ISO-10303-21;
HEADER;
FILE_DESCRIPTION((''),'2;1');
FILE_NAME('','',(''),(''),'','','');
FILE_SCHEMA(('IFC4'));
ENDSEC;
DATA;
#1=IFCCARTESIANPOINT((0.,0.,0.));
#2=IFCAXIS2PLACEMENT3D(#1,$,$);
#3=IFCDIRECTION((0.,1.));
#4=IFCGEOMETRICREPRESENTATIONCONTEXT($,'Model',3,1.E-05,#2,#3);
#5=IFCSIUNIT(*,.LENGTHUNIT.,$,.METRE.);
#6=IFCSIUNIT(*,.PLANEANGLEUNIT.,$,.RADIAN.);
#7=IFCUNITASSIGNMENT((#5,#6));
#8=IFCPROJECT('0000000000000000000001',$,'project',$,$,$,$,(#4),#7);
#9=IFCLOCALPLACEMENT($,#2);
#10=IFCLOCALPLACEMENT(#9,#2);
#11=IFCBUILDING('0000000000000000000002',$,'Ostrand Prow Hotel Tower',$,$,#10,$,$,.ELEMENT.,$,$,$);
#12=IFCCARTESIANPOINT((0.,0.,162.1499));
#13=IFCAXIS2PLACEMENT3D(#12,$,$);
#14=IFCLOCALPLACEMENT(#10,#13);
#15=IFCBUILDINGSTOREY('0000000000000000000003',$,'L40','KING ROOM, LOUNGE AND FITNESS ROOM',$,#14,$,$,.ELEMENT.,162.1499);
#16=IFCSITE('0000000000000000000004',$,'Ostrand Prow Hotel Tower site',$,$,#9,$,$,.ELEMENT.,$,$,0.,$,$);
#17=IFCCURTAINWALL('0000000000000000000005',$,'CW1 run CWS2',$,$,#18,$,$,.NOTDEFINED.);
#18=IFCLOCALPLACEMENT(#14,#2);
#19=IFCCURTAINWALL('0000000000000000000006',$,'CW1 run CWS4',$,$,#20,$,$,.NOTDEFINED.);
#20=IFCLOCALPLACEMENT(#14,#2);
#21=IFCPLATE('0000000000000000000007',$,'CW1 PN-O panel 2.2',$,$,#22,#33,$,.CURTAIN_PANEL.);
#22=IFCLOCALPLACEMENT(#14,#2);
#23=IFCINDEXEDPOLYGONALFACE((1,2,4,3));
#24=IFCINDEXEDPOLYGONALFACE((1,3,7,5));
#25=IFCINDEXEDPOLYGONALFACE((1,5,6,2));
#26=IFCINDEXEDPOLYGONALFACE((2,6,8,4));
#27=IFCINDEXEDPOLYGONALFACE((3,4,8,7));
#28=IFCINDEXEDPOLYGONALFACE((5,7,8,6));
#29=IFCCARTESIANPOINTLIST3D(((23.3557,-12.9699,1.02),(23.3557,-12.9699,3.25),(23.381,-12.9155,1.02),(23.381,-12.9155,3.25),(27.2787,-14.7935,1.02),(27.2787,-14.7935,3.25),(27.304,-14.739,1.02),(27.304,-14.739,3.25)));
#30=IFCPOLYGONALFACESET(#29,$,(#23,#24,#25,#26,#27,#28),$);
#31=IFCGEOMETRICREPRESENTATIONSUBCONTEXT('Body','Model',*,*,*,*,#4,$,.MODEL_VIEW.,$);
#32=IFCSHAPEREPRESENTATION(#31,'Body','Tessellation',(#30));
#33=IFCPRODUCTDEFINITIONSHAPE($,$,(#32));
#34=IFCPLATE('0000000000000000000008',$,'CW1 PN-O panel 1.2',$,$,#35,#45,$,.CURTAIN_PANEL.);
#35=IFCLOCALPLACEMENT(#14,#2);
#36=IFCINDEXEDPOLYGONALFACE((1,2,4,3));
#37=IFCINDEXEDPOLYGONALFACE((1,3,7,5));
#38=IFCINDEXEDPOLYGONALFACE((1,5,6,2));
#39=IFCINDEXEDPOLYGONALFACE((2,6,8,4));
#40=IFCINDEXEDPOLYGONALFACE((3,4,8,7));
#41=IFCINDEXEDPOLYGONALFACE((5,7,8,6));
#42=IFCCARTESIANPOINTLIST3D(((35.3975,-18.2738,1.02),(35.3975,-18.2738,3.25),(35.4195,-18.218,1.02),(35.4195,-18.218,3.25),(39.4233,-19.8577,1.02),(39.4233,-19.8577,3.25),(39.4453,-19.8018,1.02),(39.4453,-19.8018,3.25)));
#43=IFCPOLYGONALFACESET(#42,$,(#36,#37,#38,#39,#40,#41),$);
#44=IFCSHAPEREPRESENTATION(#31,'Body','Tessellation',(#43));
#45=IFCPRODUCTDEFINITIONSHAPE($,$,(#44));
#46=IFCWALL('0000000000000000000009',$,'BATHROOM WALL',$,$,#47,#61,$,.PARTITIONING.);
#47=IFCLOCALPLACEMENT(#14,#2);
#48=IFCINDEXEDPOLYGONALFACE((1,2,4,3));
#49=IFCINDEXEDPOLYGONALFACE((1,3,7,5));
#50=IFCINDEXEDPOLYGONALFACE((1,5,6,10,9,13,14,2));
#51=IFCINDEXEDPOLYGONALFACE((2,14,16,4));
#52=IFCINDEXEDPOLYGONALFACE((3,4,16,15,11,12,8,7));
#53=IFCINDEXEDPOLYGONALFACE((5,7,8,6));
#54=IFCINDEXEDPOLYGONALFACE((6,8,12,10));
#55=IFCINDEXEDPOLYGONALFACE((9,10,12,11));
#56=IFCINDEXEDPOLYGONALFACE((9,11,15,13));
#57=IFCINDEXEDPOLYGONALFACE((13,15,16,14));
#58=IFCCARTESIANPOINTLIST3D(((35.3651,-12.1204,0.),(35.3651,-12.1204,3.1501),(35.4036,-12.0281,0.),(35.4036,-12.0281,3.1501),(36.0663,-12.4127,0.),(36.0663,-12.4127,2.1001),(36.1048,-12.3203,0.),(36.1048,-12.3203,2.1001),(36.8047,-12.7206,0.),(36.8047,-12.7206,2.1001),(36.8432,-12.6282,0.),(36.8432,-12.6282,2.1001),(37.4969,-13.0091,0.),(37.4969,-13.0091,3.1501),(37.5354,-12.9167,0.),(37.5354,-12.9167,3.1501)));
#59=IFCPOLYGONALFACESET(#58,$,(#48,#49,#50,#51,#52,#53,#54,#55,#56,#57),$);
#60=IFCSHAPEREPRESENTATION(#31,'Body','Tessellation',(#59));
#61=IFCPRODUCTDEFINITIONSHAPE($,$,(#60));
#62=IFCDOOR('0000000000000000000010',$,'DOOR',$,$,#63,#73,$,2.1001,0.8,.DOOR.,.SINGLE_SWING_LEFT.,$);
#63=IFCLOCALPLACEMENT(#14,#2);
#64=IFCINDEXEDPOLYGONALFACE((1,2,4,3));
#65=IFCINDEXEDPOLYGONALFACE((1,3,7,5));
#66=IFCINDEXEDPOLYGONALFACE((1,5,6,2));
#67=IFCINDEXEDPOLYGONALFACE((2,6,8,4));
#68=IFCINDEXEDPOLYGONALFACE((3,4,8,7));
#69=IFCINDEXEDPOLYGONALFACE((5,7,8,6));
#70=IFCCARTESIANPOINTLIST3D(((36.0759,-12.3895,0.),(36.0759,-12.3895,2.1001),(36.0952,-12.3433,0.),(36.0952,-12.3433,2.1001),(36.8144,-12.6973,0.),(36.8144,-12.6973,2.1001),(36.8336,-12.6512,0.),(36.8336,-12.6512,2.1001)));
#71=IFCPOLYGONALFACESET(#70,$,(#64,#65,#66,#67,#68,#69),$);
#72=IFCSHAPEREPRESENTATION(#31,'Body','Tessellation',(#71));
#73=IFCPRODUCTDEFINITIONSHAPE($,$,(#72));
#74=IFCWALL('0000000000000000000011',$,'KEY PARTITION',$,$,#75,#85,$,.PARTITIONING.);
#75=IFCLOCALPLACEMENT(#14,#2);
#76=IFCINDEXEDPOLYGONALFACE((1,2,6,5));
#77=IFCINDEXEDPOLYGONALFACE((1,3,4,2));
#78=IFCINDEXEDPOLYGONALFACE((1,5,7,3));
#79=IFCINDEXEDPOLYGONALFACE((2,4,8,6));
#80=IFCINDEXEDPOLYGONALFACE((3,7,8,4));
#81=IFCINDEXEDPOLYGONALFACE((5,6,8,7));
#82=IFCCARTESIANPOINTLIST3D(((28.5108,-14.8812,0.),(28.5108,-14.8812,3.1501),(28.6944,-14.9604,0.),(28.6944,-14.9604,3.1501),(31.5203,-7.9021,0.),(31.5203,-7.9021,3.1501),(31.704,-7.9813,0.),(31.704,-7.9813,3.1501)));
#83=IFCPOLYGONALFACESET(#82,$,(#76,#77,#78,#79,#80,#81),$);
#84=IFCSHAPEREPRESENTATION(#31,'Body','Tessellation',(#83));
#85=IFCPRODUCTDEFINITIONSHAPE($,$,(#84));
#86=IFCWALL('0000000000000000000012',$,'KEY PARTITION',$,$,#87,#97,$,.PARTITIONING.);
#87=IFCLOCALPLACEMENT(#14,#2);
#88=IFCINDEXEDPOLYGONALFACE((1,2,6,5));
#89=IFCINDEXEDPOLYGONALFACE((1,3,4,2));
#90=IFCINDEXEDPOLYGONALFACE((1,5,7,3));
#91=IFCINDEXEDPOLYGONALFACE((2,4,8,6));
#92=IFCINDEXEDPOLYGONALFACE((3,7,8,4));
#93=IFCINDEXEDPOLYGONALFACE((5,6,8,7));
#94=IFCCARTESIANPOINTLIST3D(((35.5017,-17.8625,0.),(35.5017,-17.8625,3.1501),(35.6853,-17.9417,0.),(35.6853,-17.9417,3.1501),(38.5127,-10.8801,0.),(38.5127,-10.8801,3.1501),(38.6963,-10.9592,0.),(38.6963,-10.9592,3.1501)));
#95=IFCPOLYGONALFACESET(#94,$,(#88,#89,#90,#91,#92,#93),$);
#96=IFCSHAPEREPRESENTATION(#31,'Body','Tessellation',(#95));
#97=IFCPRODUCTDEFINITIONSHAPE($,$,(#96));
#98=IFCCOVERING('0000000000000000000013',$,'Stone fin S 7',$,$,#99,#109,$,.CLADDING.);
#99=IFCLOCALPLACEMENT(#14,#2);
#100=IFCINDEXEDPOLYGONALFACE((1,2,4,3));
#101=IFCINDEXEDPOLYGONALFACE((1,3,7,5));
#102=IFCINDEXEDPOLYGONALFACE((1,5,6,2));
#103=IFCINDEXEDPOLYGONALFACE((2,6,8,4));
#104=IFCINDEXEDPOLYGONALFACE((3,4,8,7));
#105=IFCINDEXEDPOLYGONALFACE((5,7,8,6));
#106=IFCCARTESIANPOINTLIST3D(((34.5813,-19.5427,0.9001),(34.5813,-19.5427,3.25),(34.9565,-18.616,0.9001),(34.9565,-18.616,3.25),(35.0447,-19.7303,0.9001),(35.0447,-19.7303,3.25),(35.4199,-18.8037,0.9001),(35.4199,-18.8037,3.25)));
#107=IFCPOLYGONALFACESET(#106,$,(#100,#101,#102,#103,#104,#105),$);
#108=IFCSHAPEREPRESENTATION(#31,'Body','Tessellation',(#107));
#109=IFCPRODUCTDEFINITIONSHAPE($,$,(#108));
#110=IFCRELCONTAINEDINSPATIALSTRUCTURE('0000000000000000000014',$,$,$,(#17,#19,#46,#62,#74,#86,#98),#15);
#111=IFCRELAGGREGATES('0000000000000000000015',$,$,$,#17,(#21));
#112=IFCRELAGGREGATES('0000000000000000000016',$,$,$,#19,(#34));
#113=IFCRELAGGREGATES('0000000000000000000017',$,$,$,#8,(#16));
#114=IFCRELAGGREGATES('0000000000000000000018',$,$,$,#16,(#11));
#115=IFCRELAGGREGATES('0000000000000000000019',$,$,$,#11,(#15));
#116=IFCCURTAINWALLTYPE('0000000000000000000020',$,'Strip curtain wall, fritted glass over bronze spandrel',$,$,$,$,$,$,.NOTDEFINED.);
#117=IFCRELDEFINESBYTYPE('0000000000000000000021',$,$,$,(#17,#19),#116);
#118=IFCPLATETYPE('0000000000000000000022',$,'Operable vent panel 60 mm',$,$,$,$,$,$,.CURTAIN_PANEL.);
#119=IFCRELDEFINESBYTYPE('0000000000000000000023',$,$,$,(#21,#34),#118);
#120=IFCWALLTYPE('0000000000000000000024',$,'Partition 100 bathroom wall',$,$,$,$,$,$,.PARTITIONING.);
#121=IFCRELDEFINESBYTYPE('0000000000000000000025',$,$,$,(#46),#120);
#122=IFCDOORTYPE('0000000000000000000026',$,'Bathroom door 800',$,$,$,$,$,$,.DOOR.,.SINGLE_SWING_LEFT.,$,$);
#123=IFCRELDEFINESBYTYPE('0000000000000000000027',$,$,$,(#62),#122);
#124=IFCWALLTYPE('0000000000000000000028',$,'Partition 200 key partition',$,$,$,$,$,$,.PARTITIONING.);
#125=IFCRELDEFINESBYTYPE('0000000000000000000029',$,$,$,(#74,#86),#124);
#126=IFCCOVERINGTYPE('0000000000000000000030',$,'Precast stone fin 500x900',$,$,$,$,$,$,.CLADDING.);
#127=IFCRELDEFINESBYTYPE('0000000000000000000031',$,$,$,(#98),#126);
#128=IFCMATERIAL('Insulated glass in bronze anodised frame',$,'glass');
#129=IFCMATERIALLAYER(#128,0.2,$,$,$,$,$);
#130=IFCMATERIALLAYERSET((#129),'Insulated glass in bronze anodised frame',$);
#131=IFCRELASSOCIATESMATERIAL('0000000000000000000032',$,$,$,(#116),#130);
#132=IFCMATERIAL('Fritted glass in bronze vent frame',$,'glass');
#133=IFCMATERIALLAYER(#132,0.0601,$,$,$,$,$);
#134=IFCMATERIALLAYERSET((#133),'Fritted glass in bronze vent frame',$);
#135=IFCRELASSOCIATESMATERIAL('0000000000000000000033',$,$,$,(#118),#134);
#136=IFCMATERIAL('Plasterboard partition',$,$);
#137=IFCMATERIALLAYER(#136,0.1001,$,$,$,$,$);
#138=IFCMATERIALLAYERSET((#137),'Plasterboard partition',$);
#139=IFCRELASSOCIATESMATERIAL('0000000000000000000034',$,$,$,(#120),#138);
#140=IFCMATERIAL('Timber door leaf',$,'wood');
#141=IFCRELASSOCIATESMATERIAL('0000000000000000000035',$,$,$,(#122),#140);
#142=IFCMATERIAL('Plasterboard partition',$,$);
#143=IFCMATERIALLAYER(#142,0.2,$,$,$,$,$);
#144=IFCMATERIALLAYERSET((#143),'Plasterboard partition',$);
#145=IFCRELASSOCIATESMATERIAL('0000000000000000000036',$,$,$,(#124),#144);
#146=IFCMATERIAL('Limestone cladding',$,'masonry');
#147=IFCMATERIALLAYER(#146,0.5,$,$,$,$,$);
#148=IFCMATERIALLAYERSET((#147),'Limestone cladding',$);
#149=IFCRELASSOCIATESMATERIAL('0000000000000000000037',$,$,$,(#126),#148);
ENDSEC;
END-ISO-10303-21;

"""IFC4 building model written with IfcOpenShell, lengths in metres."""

from ifc_helpers import new_model, si_unit, direction, frame, frame_2d, origin, origin_2d, place, context, subcontext, project, spatial, rectangle, extrude, material, layer, layer_set, type_object, element, fill, aggregate, save


model = new_model("IFC4")

# Units and contexts
model_context = context("Model", 3, precision=1e-05, world=origin(), true_north=direction((0.0, 1.0)))
body_context = subcontext(model_context, "Body", "Model", "MODEL_VIEW")
ifc_project = project(units=[si_unit("LENGTHUNIT", "METRE"), si_unit("PLANEANGLEUNIT", "RADIAN")], contexts=[model_context])

# Site, building, storey
site_placement = place(None, origin())
site = spatial("IfcSite", under=ifc_project, at=site_placement, Name="Ostrand Prow Hotel Tower site", CompositionType="ELEMENT", RefElevation=0.0)
building_placement = place(site_placement, origin())
building = spatial("IfcBuilding", under=site, at=building_placement, Name="Ostrand Prow Hotel Tower", CompositionType="ELEMENT")
storey_placement = place(building_placement, frame((0.0, 0.0, 162.1499)))
storey = spatial("IfcBuildingStorey", under=building, at=storey_placement, Name="L40", Description="KING ROOM, LOUNGE AND FITNESS ROOM", CompositionType="ELEMENT", Elevation=162.1499)

# Curtain wall
ifc_material_1 = material(Name="Insulated glass in bronze anodised frame", Category="glass")
ifc_layer_1 = layer(ifc_material_1, 0.2)
ifc_layer_set_1 = layer_set([ifc_layer_1], Name="Insulated glass in bronze anodised frame")
curtain_wall_type = type_object("IfcCurtainWallType", Name="Strip curtain wall, fritted glass over bronze spandrel", PredefinedType="NOTDEFINED", material=ifc_layer_set_1)
curtain_wall_1_placement = place(storey_placement, origin())
curtain_wall_1 = element("IfcCurtainWall", 1, at=curtain_wall_1_placement, inside=storey, type_object=curtain_wall_type, Name="CW1 run CWS2", PredefinedType="NOTDEFINED")

# Curtain wall
curtain_wall_2_placement = place(storey_placement, origin())
curtain_wall_2 = element("IfcCurtainWall", 2, at=curtain_wall_2_placement, inside=storey, type_object=curtain_wall_type, Name="CW1 run CWS4", PredefinedType="NOTDEFINED")

# Plates
ifc_material_2 = material(Name="Fritted glass in bronze vent frame", Category="glass")
ifc_layer_2 = layer(ifc_material_2, 0.0601)
ifc_layer_set_2 = layer_set([ifc_layer_2], Name="Fritted glass in bronze vent frame")
plate_type_1 = type_object("IfcPlateType", Name="Operable vent panel 60 mm", PredefinedType="CURTAIN_PANEL", material=ifc_layer_set_2)
plate_1_placement = place(storey_placement, frame((25.3298, -13.8545, 1.02), z_axis=(0.0, 0.0, 1.0), x_axis=(0.906818, -0.421522, 0.0)))
plate_1 = element("IfcPlate", 3, at=plate_1_placement, type_object=plate_type_1, Name="CW1 PN-O panel 2.2", PredefinedType="CURTAIN_PANEL", context=body_context, shape_type="SweptSolid", body=[
    extrude(rectangle(XDim=4.3262, YDim=0.0601, at=origin_2d()), origin(), (0.0, 0.0, 1.0), 2.23),
])
aggregate(curtain_wall_1, [plate_1])
plate_2_placement = place(storey_placement, frame((37.4214, -19.0378, 1.02), z_axis=(0.0, 0.0, 1.0), x_axis=(0.930569, -0.366116, 0.0)))
plate_2 = element("IfcPlate", 4, at=plate_2_placement, type_object=plate_type_1, Name="CW1 PN-O panel 1.2", PredefinedType="CURTAIN_PANEL", context=body_context, shape_type="SweptSolid", body=[
    extrude(rectangle(XDim=4.3262, YDim=0.0601, at=origin_2d()), origin(), (0.0, 0.0, 1.0), 2.23),
])
aggregate(curtain_wall_2, [plate_2])

# Wall, opening, door
ifc_material_3 = material(Name="Plasterboard partition")
ifc_layer_3 = layer(ifc_material_3, 0.1001)
ifc_layer_set_3 = layer_set([ifc_layer_3], Name="Plasterboard partition")
wall_type_1 = type_object("IfcWallType", Name="Partition 100 bathroom wall", PredefinedType="PARTITIONING", material=ifc_layer_set_3)
wall_1_placement = place(storey_placement, frame((37.5161, -12.9629, 0.0), z_axis=(0.0, 0.0, 1.0), x_axis=(-0.923014, 0.384765, 0.0)))
wall_1 = element("IfcWall", 5, at=wall_1_placement, inside=storey, type_object=wall_type_1, Name="BATHROOM WALL", PredefinedType="PARTITIONING", context=body_context, shape_type="SweptSolid", body=[
    extrude(rectangle(XDim=2.3096, YDim=0.1001, at=frame_2d((1.1548, 0.0))), origin(), (0.0, 0.0, 1.0), 3.1501),
])
opening_placement = place(wall_1_placement, frame((0.75, 0.0, 0.0)))
opening = element("IfcOpeningElement", 6, at=opening_placement, cuts=wall_1, PredefinedType="OPENING", context=body_context, shape_type="SweptSolid", body=[
    extrude(rectangle(XDim=0.8, YDim=2.1001, at=frame_2d((0.3999, 1.05))), frame((0.0, 0.0601, 0.0), z_axis=(0.0, -1.0, 0.0), x_axis=(1.0, 0.0, 0.0)), (0.0, 0.0, 1.0), 0.1201),
])
ifc_material_4 = material(Name="Timber door leaf", Category="wood")
door_type = type_object("IfcDoorType", Name="Bathroom door 800", OperationType="SINGLE_SWING_LEFT", PredefinedType="DOOR", material=ifc_material_4)
door_placement = place(opening_placement, origin())
door = element("IfcDoor", 7, at=door_placement, inside=storey, type_object=door_type, Name="DOOR", OperationType="SINGLE_SWING_LEFT", OverallHeight=2.1001, OverallWidth=0.8, PredefinedType="DOOR", context=body_context, shape_type="SweptSolid", body=[
    extrude(rectangle(XDim=0.8, YDim=2.1001, at=frame_2d((0.3999, 1.05))), frame((0.0, 0.0249, 0.0), z_axis=(0.0, -1.0, 0.0), x_axis=(1.0, 0.0, 0.0)), (0.0, 0.0, 1.0), 0.05),
])
fill(opening, door)

# Walls
ifc_material_5 = material(Name="Plasterboard partition")
ifc_layer_4 = layer(ifc_material_5, 0.2)
ifc_layer_set_4 = layer_set([ifc_layer_4], Name="Plasterboard partition")
wall_type_2 = type_object("IfcWallType", Name="Partition 200 key partition", PredefinedType="PARTITIONING", material=ifc_layer_set_4)
wall_2_placement = place(storey_placement, frame((28.6025, -14.9209, 0.0), z_axis=(0.0, 0.0, 1.0), x_axis=(0.395977, 0.91826, 0.0)))
element("IfcWall", 8, at=wall_2_placement, inside=storey, type_object=wall_type_2, Name="KEY PARTITION", PredefinedType="PARTITIONING", context=body_context, shape_type="SweptSolid", body=[
    extrude(rectangle(XDim=7.6003, YDim=0.2, at=frame_2d((3.8003, 0.0))), origin(), (0.0, 0.0, 1.0), 3.1501),
])
wall_3_placement = place(storey_placement, frame((35.5935, -17.9021, 0.0), z_axis=(0.0, 0.0, 1.0), x_axis=(0.395976, 0.918261, 0.0)))
element("IfcWall", 9, at=wall_3_placement, inside=storey, type_object=wall_type_2, Name="KEY PARTITION", PredefinedType="PARTITIONING", context=body_context, shape_type="SweptSolid", body=[
    extrude(rectangle(XDim=7.604, YDim=0.2, at=frame_2d((3.802, 0.0))), origin(), (0.0, 0.0, 1.0), 3.1501),
])

# Covering
ifc_material_6 = material(Name="Limestone cladding", Category="masonry")
ifc_layer_5 = layer(ifc_material_6, 0.5)
ifc_layer_set_5 = layer_set([ifc_layer_5], Name="Limestone cladding")
covering_type = type_object("IfcCoveringType", Name="Precast stone fin 500x900", PredefinedType="CLADDING", material=ifc_layer_set_5)
covering_placement = place(storey_placement, frame((35.1882, -18.7097, 0.9001), z_axis=(0.0, 0.0, 1.0), x_axis=(-0.375303, -0.926902, 0.0)))
element("IfcCovering", 10, at=covering_placement, inside=storey, type_object=covering_type, Name="Stone fin S 7", PredefinedType="CLADDING", context=body_context, shape_type="SweptSolid", body=[
    extrude(rectangle(XDim=0.9998, YDim=0.5, at=frame_2d((0.5, 0.0))), origin(), (0.0, 0.0, 1.0), 2.3499),
])

save(model, "model.ifc")
